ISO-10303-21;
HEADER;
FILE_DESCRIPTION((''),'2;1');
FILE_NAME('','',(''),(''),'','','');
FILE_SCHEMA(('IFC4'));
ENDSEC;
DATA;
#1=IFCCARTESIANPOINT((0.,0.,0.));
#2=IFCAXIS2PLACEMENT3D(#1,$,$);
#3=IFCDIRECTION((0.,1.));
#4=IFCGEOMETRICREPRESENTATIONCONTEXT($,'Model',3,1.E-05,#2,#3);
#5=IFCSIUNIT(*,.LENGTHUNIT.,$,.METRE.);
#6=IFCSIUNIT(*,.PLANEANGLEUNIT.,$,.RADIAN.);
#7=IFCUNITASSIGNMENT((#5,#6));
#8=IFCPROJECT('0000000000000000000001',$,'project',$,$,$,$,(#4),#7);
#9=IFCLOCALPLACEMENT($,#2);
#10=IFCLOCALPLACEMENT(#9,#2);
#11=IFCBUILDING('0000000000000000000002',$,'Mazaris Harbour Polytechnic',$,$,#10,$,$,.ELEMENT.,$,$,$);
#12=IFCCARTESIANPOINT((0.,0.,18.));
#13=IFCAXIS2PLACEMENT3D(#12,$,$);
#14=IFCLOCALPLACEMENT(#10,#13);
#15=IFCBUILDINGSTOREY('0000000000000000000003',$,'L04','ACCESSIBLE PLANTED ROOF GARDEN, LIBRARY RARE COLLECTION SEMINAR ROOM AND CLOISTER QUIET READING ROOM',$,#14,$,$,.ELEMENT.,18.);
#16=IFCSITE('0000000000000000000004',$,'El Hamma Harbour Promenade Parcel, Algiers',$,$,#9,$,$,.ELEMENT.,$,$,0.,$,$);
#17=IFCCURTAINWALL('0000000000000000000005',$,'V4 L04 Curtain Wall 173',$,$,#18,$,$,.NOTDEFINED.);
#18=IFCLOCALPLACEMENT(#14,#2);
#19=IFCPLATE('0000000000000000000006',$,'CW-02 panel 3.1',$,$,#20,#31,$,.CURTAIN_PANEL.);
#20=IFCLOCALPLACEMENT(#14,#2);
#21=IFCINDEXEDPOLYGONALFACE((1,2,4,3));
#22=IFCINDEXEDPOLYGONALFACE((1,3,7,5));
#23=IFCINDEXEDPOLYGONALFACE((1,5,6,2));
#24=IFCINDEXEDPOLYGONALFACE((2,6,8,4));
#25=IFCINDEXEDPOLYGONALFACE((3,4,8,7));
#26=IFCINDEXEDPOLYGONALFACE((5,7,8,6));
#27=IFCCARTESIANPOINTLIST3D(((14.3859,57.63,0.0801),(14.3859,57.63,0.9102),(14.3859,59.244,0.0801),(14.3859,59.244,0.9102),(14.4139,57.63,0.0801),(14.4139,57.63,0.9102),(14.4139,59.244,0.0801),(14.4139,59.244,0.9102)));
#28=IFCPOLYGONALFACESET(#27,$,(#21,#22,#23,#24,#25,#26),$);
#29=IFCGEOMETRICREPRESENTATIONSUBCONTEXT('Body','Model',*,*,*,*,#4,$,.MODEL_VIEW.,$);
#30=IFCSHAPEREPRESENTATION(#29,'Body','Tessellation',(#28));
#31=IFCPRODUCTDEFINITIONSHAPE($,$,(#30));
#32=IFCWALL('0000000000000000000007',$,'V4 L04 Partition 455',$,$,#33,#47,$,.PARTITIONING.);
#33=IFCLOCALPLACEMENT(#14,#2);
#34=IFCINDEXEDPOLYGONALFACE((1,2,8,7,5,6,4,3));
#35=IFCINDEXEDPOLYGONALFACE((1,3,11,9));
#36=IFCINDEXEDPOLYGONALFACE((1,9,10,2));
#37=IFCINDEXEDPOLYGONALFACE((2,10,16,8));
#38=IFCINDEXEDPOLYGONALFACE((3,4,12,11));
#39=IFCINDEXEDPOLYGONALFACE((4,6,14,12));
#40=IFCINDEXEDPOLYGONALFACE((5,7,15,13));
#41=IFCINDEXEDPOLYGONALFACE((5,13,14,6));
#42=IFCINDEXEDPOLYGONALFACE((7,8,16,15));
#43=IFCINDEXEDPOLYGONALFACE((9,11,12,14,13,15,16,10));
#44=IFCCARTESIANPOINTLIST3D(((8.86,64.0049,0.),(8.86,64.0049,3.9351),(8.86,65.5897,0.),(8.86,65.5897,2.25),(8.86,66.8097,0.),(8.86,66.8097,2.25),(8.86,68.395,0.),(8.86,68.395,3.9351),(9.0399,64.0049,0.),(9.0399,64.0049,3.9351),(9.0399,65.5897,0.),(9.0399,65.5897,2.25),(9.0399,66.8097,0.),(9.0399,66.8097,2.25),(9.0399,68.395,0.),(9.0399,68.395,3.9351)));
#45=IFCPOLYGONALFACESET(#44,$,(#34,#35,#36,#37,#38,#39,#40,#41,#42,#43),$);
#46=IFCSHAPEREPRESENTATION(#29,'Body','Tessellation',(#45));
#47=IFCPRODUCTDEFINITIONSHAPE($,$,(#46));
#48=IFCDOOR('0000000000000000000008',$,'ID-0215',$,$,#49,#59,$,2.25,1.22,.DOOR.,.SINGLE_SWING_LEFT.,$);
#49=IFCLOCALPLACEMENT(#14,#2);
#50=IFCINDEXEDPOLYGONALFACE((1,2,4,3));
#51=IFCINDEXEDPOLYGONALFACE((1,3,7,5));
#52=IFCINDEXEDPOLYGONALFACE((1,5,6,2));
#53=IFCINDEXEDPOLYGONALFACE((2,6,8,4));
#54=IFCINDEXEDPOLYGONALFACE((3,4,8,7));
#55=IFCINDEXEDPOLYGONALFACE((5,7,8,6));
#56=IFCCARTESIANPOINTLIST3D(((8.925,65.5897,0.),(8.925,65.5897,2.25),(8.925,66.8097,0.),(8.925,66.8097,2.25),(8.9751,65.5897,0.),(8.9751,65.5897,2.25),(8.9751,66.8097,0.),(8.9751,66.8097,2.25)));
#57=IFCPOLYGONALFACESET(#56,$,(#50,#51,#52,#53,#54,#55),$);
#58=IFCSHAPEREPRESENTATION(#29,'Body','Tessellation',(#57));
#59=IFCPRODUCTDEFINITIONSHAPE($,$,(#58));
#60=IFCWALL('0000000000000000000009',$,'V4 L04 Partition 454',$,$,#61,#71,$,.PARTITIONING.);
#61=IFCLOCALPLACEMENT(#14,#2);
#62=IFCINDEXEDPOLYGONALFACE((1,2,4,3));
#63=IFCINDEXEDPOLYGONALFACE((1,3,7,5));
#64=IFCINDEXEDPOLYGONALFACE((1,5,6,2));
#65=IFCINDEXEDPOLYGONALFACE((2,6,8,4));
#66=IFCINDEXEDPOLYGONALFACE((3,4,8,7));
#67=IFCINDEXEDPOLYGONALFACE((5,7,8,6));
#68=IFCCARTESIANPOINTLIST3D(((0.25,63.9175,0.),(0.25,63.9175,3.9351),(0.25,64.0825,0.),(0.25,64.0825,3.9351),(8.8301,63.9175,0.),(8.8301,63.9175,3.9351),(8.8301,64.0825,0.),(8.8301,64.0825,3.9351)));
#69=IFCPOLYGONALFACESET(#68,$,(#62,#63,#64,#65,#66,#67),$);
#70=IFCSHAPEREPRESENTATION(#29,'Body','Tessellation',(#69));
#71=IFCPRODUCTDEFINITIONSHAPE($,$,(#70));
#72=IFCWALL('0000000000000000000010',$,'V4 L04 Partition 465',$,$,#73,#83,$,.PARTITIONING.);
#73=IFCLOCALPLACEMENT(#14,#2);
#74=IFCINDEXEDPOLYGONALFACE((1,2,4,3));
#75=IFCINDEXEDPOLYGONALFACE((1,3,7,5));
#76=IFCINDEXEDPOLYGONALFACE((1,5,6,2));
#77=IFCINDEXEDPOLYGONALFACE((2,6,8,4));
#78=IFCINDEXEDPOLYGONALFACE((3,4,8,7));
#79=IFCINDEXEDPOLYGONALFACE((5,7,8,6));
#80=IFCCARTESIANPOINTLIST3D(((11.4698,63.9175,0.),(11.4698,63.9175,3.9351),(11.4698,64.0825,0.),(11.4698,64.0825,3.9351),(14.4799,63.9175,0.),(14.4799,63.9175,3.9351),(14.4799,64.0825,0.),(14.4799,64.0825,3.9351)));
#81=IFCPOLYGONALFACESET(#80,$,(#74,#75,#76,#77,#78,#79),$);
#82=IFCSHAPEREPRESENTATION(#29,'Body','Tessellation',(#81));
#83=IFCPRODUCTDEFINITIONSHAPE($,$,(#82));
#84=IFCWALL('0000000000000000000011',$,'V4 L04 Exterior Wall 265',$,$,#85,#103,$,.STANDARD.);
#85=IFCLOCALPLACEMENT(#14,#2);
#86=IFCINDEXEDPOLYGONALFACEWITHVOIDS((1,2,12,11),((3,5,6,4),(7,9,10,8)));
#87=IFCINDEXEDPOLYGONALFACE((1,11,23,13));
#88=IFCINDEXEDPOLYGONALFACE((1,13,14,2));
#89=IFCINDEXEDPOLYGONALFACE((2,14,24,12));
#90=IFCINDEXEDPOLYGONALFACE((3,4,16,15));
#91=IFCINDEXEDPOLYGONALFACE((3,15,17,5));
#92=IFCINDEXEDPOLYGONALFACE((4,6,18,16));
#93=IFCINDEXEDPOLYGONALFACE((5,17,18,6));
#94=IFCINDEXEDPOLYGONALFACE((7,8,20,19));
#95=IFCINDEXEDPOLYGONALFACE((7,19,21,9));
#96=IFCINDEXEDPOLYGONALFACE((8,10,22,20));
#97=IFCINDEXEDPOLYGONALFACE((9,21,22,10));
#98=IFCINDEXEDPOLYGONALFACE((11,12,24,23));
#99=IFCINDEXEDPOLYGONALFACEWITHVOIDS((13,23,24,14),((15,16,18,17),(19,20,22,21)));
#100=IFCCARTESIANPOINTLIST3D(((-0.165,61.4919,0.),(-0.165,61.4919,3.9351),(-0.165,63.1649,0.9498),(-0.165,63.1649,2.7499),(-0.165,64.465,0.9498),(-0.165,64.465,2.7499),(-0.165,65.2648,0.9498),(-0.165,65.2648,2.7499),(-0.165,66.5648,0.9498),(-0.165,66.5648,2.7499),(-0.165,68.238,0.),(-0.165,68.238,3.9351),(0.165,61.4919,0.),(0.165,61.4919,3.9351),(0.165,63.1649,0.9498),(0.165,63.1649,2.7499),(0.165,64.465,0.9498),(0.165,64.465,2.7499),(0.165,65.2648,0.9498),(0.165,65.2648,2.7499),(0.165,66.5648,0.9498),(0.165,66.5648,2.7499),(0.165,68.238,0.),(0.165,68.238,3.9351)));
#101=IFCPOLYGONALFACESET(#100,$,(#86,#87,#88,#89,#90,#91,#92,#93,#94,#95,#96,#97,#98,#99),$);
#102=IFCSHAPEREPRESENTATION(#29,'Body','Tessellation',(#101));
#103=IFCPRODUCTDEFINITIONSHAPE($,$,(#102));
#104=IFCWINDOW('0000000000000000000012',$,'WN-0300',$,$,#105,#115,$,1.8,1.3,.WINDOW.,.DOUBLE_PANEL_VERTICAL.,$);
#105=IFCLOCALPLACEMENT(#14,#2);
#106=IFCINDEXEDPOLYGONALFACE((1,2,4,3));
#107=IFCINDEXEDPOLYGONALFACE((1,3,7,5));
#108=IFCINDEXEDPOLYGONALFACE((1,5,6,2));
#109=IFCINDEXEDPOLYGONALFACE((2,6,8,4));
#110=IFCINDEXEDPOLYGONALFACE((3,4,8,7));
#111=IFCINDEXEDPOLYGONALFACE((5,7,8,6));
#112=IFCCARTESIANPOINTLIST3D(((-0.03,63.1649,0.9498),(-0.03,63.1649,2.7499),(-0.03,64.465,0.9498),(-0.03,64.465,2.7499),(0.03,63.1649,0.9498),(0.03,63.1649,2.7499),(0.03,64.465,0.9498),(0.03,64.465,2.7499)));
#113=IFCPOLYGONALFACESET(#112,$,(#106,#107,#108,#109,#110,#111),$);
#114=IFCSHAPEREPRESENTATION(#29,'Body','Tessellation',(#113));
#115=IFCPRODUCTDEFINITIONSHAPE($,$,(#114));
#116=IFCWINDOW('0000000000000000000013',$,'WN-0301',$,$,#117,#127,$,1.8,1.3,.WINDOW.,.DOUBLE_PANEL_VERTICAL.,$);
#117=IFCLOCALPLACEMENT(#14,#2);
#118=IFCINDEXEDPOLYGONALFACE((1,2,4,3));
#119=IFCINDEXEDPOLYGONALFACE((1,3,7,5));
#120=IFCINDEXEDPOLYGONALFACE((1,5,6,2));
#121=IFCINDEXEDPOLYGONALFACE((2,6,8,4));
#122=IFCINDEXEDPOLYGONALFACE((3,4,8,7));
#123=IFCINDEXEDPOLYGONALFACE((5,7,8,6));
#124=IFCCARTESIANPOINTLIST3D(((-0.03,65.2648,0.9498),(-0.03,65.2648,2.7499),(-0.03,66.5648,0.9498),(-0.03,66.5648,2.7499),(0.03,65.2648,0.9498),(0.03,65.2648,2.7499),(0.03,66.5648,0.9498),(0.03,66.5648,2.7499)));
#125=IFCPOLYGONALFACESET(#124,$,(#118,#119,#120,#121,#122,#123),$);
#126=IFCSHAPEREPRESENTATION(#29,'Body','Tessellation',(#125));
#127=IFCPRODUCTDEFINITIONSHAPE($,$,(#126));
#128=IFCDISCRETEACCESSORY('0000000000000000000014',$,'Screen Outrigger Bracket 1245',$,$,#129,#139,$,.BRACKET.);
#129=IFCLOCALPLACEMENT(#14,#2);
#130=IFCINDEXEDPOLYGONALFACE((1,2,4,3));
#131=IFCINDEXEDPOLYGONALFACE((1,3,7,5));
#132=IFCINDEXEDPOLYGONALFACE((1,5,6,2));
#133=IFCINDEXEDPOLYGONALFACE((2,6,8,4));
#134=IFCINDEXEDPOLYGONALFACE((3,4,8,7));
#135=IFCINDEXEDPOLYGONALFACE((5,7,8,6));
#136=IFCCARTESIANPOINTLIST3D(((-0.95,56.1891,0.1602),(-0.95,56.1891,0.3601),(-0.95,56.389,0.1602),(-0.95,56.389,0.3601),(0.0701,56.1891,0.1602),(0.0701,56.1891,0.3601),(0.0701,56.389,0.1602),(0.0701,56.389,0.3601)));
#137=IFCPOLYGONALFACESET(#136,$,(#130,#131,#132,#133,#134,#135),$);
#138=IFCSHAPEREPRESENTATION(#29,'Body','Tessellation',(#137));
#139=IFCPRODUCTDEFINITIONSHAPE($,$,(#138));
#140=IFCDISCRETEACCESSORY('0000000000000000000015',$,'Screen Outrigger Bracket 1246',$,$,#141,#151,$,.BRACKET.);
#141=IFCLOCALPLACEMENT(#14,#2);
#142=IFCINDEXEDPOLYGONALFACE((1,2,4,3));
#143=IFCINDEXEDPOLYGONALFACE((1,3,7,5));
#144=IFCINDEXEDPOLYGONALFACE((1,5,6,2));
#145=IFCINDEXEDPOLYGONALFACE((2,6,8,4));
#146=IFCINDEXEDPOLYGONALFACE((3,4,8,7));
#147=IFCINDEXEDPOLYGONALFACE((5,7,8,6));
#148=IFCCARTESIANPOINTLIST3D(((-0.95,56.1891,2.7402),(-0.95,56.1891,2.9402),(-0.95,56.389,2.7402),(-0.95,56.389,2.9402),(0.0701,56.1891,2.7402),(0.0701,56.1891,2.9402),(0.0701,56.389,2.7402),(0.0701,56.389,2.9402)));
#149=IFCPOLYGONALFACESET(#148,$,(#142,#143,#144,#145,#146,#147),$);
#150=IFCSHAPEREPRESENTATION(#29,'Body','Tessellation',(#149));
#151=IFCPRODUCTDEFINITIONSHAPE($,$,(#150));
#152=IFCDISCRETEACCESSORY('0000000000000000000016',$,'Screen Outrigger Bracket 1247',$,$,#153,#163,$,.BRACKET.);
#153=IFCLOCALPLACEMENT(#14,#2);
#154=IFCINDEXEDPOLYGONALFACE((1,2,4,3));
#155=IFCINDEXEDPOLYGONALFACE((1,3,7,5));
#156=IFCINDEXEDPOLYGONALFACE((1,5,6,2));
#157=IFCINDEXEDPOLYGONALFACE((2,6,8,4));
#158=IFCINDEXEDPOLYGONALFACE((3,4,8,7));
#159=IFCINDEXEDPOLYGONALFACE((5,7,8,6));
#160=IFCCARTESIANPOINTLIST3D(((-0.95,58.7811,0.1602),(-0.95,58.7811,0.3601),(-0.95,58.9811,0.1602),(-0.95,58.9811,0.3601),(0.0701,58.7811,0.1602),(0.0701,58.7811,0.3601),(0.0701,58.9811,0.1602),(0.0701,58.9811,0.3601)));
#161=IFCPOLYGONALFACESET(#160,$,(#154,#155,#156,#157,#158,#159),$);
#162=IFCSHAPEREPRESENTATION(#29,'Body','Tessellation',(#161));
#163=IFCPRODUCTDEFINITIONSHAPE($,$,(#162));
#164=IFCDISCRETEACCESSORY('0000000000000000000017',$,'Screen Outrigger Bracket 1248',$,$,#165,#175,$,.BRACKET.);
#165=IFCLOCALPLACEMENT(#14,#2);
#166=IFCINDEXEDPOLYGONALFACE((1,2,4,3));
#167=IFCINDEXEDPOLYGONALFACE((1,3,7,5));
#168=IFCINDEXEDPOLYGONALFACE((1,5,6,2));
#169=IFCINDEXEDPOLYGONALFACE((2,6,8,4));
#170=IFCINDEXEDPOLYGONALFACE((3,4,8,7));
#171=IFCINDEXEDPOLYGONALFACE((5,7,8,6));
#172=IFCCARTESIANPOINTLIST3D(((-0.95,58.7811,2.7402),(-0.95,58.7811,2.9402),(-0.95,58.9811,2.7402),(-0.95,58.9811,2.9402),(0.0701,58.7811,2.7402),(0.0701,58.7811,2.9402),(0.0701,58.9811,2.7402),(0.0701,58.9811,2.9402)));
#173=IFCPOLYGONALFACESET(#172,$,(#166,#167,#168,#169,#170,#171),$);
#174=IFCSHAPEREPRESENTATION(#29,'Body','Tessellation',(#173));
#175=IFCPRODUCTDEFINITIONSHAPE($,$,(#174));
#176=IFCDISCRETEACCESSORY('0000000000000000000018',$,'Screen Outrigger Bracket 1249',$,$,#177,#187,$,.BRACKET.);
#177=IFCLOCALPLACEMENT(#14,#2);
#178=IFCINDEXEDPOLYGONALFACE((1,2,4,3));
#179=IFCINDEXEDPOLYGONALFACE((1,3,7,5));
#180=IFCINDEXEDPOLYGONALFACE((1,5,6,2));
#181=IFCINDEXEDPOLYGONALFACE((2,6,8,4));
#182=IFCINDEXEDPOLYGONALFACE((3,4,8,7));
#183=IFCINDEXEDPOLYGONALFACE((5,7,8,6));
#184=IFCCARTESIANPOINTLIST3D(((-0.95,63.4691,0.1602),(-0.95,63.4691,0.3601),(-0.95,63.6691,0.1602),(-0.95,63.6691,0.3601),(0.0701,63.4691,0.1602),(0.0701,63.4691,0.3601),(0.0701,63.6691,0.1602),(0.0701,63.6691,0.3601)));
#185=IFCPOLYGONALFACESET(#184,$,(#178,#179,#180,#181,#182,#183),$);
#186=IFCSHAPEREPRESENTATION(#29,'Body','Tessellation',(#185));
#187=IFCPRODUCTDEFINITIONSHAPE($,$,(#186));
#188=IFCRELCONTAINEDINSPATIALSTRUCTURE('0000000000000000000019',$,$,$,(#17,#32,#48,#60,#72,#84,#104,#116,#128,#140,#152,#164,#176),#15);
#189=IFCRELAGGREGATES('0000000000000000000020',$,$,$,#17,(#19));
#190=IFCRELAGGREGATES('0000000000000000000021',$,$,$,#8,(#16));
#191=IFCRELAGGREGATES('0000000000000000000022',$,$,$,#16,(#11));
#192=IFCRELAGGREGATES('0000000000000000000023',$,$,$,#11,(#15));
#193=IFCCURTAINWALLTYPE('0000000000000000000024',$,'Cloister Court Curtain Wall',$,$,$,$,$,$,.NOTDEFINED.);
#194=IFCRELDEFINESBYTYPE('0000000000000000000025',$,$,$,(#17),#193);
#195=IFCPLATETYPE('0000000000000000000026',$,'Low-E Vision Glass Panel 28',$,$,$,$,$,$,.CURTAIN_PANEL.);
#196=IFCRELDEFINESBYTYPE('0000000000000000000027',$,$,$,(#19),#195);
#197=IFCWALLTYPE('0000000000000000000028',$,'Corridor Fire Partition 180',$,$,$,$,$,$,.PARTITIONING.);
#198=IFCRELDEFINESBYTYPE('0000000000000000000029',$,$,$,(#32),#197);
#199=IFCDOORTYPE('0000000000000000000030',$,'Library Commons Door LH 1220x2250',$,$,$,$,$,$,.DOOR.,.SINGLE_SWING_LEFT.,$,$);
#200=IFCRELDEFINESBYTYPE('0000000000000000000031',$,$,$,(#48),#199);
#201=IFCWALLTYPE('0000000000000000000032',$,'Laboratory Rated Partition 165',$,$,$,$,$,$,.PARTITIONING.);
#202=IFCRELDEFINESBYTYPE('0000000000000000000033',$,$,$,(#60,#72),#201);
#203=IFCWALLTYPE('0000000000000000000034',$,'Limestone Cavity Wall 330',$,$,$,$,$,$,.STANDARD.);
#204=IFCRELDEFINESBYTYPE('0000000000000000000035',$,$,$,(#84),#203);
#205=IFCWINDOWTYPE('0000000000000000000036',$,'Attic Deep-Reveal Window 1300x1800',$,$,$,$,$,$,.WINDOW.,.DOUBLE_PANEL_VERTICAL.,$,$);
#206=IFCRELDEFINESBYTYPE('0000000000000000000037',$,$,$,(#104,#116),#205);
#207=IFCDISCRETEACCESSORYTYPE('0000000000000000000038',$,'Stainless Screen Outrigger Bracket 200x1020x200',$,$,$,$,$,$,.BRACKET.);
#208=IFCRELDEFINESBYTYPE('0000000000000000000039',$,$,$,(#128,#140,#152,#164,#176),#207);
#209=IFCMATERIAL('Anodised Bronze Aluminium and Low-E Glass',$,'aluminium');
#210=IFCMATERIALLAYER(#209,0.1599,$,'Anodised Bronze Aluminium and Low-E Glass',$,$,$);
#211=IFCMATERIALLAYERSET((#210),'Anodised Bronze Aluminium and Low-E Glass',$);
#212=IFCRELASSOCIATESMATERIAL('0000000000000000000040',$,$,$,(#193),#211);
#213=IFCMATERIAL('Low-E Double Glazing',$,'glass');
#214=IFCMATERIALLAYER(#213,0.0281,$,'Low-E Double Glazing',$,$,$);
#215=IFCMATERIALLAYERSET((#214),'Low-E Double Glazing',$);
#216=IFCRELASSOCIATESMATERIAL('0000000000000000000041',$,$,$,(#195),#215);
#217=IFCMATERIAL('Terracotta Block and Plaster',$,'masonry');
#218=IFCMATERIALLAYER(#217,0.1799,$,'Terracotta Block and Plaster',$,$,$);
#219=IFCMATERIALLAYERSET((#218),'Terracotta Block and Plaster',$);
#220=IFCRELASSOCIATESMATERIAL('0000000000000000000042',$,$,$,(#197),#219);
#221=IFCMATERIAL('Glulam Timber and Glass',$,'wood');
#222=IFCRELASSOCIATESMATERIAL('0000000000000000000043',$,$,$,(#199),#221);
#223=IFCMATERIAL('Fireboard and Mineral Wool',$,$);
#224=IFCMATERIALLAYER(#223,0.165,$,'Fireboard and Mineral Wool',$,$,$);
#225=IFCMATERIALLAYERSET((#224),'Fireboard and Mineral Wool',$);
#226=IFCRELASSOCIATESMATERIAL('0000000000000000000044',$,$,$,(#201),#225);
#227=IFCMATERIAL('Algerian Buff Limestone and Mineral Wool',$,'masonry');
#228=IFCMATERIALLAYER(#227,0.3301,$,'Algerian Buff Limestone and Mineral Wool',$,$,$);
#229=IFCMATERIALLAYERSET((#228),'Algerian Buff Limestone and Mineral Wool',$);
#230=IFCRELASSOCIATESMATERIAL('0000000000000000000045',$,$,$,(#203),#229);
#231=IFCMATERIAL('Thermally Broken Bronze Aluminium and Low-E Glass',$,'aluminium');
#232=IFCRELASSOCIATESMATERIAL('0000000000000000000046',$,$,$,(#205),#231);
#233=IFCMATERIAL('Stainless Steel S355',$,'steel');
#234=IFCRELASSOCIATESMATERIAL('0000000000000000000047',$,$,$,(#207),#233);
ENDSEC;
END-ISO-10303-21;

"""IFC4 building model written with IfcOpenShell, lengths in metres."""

from ifc_helpers import new_model, si_unit, direction, frame, frame_2d, origin, origin_2d, place, context, subcontext, project, spatial, rectangle, extrude, material, layer, layer_set, type_object, element, fill, aggregate, save


model = new_model("IFC4")

# Units and contexts
model_context = context("Model", 3, precision=1e-05, world=origin(), true_north=direction((0.0, 1.0)))
body_context = subcontext(model_context, "Body", "Model", "MODEL_VIEW")
ifc_project = project(units=[si_unit("LENGTHUNIT", "METRE"), si_unit("PLANEANGLEUNIT", "RADIAN")], contexts=[model_context])

# Site, building, storey
site_placement = place(None, origin())
site = spatial("IfcSite", under=ifc_project, at=site_placement, Name="El Hamma Harbour Promenade Parcel, Algiers", CompositionType="ELEMENT", RefElevation=0.0)
building_placement = place(site_placement, origin())
building = spatial("IfcBuilding", under=site, at=building_placement, Name="Mazaris Harbour Polytechnic", CompositionType="ELEMENT")
storey_placement = place(building_placement, frame((0.0, 0.0, 18.0)))
storey = spatial("IfcBuildingStorey", under=building, at=storey_placement, Name="L04", Description="ACCESSIBLE PLANTED ROOF GARDEN, LIBRARY RARE COLLECTION SEMINAR ROOM AND CLOISTER QUIET READING ROOM", CompositionType="ELEMENT", Elevation=18.0)

# Curtain wall
ifc_material_1 = material(Name="Anodised Bronze Aluminium and Low-E Glass", Category="aluminium")
ifc_layer_1 = layer(ifc_material_1, 0.1599, Name="Anodised Bronze Aluminium and Low-E Glass")
ifc_layer_set_1 = layer_set([ifc_layer_1], Name="Anodised Bronze Aluminium and Low-E Glass")
curtain_wall_type = type_object("IfcCurtainWallType", Name="Cloister Court Curtain Wall", PredefinedType="NOTDEFINED", material=ifc_layer_set_1)
curtain_wall_placement = place(storey_placement, origin())
curtain_wall = element("IfcCurtainWall", 1, at=curtain_wall_placement, inside=storey, type_object=curtain_wall_type, Name="V4 L04 Curtain Wall 173", PredefinedType="NOTDEFINED")

# Plate
ifc_material_2 = material(Name="Low-E Double Glazing", Category="glass")
ifc_layer_2 = layer(ifc_material_2, 0.0281, Name="Low-E Double Glazing")
ifc_layer_set_2 = layer_set([ifc_layer_2], Name="Low-E Double Glazing")
plate_type = type_object("IfcPlateType", Name="Low-E Vision Glass Panel 28", PredefinedType="CURTAIN_PANEL", material=ifc_layer_set_2)
plate_1_placement = place(storey_placement, frame((14.3999, 58.437, 0.0801), z_axis=(0.0, 0.0, 1.0), x_axis=(0.0, 1.0, 0.0)))
plate_1 = element("IfcPlate", 2, at=plate_1_placement, type_object=plate_type, Name="CW-02 panel 3.1", PredefinedType="CURTAIN_PANEL", context=body_context, shape_type="SweptSolid", body=[
    extrude(rectangle(XDim=1.614, YDim=0.0281, at=origin_2d()), origin(), (0.0, 0.0, 1.0), 0.8301),
])
aggregate(curtain_wall, [plate_1])

# Wall, opening, door
ifc_material_3 = material(Name="Terracotta Block and Plaster", Category="masonry")
ifc_layer_3 = layer(ifc_material_3, 0.1799, Name="Terracotta Block and Plaster")
ifc_layer_set_3 = layer_set([ifc_layer_3], Name="Terracotta Block and Plaster")
wall_type_1 = type_object("IfcWallType", Name="Corridor Fire Partition 180", PredefinedType="PARTITIONING", material=ifc_layer_set_3)
wall_1_placement = place(storey_placement, frame((8.95, 64.0049, 0.0), z_axis=(0.0, 0.0, 1.0), x_axis=(0.0, 1.0, 0.0)))
wall_1 = element("IfcWall", 3, at=wall_1_placement, inside=storey, type_object=wall_type_1, Name="V4 L04 Partition 455", PredefinedType="PARTITIONING", context=body_context, shape_type="SweptSolid", body=[
    extrude(rectangle(XDim=4.3901, YDim=0.1799, at=frame_2d((2.1951, 0.0))), origin(), (0.0, 0.0, 1.0), 3.9351),
])
opening_1_placement = place(wall_1_placement, frame((1.585, 0.0, 0.0)))
opening_1 = element("IfcOpeningElement", 4, at=opening_1_placement, cuts=wall_1, PredefinedType="OPENING", context=body_context, shape_type="SweptSolid", body=[
    extrude(rectangle(XDim=1.22, YDim=2.25, at=frame_2d((0.6099, 1.125))), frame((0.0, 0.0999, 0.0), z_axis=(0.0, -1.0, 0.0), x_axis=(1.0, 0.0, 0.0)), (0.0, 0.0, 1.0), 0.2),
])
ifc_material_4 = material(Name="Glulam Timber and Glass", Category="wood")
door_type = type_object("IfcDoorType", Name="Library Commons Door LH 1220x2250", OperationType="SINGLE_SWING_LEFT", PredefinedType="DOOR", material=ifc_material_4)
door_placement = place(opening_1_placement, origin())
door = element("IfcDoor", 5, at=door_placement, inside=storey, type_object=door_type, Name="ID-0215", OperationType="SINGLE_SWING_LEFT", OverallHeight=2.25, OverallWidth=1.22, PredefinedType="DOOR", context=body_context, shape_type="SweptSolid", body=[
    extrude(rectangle(XDim=1.22, YDim=2.25, at=frame_2d((0.6099, 1.125))), frame((0.0, 0.0249, 0.0), z_axis=(0.0, -1.0, 0.0), x_axis=(1.0, 0.0, 0.0)), (0.0, 0.0, 1.0), 0.05),
])
fill(opening_1, door)

# Walls
ifc_material_5 = material(Name="Fireboard and Mineral Wool")
ifc_layer_4 = layer(ifc_material_5, 0.165, Name="Fireboard and Mineral Wool")
ifc_layer_set_4 = layer_set([ifc_layer_4], Name="Fireboard and Mineral Wool")
wall_type_2 = type_object("IfcWallType", Name="Laboratory Rated Partition 165", PredefinedType="PARTITIONING", material=ifc_layer_set_4)
wall_2_placement = place(storey_placement, frame((0.25, 64.0, 0.0), z_axis=(0.0, 0.0, 1.0), x_axis=(1.0, 0.0, 0.0)))
element("IfcWall", 6, at=wall_2_placement, inside=storey, type_object=wall_type_2, Name="V4 L04 Partition 454", PredefinedType="PARTITIONING", context=body_context, shape_type="SweptSolid", body=[
    extrude(rectangle(XDim=8.5801, YDim=0.165, at=frame_2d((4.29, 0.0))), origin(), (0.0, 0.0, 1.0), 3.9351),
])
wall_3_placement = place(storey_placement, frame((11.47, 64.0, 0.0), z_axis=(0.0, 0.0, 1.0), x_axis=(1.0, 0.0, 0.0)))
element("IfcWall", 7, at=wall_3_placement, inside=storey, type_object=wall_type_2, Name="V4 L04 Partition 465", PredefinedType="PARTITIONING", context=body_context, shape_type="SweptSolid", body=[
    extrude(rectangle(XDim=3.01, YDim=0.165, at=frame_2d((1.5049, 0.0))), origin(), (0.0, 0.0, 1.0), 3.9351),
])

# Wall, openings, windows
ifc_material_6 = material(Name="Algerian Buff Limestone and Mineral Wool", Category="masonry")
ifc_layer_5 = layer(ifc_material_6, 0.3301, Name="Algerian Buff Limestone and Mineral Wool")
ifc_layer_set_5 = layer_set([ifc_layer_5], Name="Algerian Buff Limestone and Mineral Wool")
wall_type_3 = type_object("IfcWallType", Name="Limestone Cavity Wall 330", PredefinedType="STANDARD", material=ifc_layer_set_5)
wall_4_placement = place(storey_placement, frame((0.0, 61.4919, 0.0), z_axis=(0.0, 0.0, 1.0), x_axis=(0.0, 1.0, 0.0)))
wall_4 = element("IfcWall", 8, at=wall_4_placement, inside=storey, type_object=wall_type_3, Name="V4 L04 Exterior Wall 265", PredefinedType="STANDARD", context=body_context, shape_type="SweptSolid", body=[
    extrude(rectangle(XDim=6.7461, YDim=0.3301, at=frame_2d((3.373, 0.0))), origin(), (0.0, 0.0, 1.0), 3.9351),
])
opening_2_placement = place(wall_4_placement, frame((1.6731, 0.0, 0.95)))
opening_2 = element("IfcOpeningElement", 9, at=opening_2_placement, cuts=wall_4, PredefinedType="OPENING", context=body_context, shape_type="SweptSolid", body=[
    extrude(rectangle(XDim=1.3, YDim=1.8, at=frame_2d((0.6499, 0.8999))), frame((0.0, 0.175, 0.0), z_axis=(0.0, -1.0, 0.0), x_axis=(1.0, 0.0, 0.0)), (0.0, 0.0, 1.0), 0.3501),
])
opening_3_placement = place(wall_4_placement, frame((3.7729, 0.0, 0.95)))
opening_3 = element("IfcOpeningElement", 10, at=opening_3_placement, cuts=wall_4, PredefinedType="OPENING", context=body_context, shape_type="SweptSolid", body=[
    extrude(rectangle(XDim=1.3, YDim=1.8, at=frame_2d((0.6499, 0.8999))), frame((0.0, 0.175, 0.0), z_axis=(0.0, -1.0, 0.0), x_axis=(1.0, 0.0, 0.0)), (0.0, 0.0, 1.0), 0.3501),
])
ifc_material_7 = material(Name="Thermally Broken Bronze Aluminium and Low-E Glass", Category="aluminium")
window_type = type_object("IfcWindowType", Name="Attic Deep-Reveal Window 1300x1800", PartitioningType="DOUBLE_PANEL_VERTICAL", PredefinedType="WINDOW", material=ifc_material_7)
window_1_placement = place(opening_2_placement, origin())
window_1 = element("IfcWindow", 11, at=window_1_placement, inside=storey, type_object=window_type, Name="WN-0300", OverallHeight=1.8, OverallWidth=1.3, PartitioningType="DOUBLE_PANEL_VERTICAL", PredefinedType="WINDOW", context=body_context, shape_type="SweptSolid", body=[
    extrude(rectangle(XDim=1.3, YDim=1.8, at=frame_2d((0.6499, 0.8999))), frame((0.0, 0.03, 0.0), z_axis=(0.0, -1.0, 0.0), x_axis=(1.0, 0.0, 0.0)), (0.0, 0.0, 1.0), 0.0601),
])
fill(opening_2, window_1)
window_2_placement = place(opening_3_placement, origin())
window_2 = element("IfcWindow", 12, at=window_2_placement, inside=storey, type_object=window_type, Name="WN-0301", OverallHeight=1.8, OverallWidth=1.3, PartitioningType="DOUBLE_PANEL_VERTICAL", PredefinedType="WINDOW", context=body_context, shape_type="SweptSolid", body=[
    extrude(rectangle(XDim=1.3, YDim=1.8, at=frame_2d((0.6499, 0.8999))), frame((0.0, 0.03, 0.0), z_axis=(0.0, -1.0, 0.0), x_axis=(1.0, 0.0, 0.0)), (0.0, 0.0, 1.0), 0.0601),
])
fill(opening_3, window_2)

# Discrete accessories
ifc_material_8 = material(Name="Stainless Steel S355", Category="steel")
discrete_accessory_type = type_object("IfcDiscreteAccessoryType", Name="Stainless Screen Outrigger Bracket 200x1020x200", PredefinedType="BRACKET", material=ifc_material_8)
for number, where, z_axis, x_axis, name in (
    (13, (-0.4399, 56.2891, 0.1602), (0.0, 0.0, 1.0), (0.0, 1.0, 0.0), "Screen Outrigger Bracket 1245"),
    (14, (-0.4399, 56.2891, 2.7402), (0.0, 0.0, 1.0), (0.0, 1.0, 0.0), "Screen Outrigger Bracket 1246"),
    (15, (-0.4399, 58.8811, 0.1602), (0.0, 0.0, 1.0), (0.0, 1.0, 0.0), "Screen Outrigger Bracket 1247"),
    (16, (-0.4399, 58.8811, 2.7402), (0.0, 0.0, 1.0), (0.0, 1.0, 0.0), "Screen Outrigger Bracket 1248"),
    (17, (-0.4399, 63.5691, 0.1602), (0.0, 0.0, 1.0), (0.0, 1.0, 0.0), "Screen Outrigger Bracket 1249"),
):
    element("IfcDiscreteAccessory", number, at=place(storey_placement, frame(where, z_axis=z_axis, x_axis=x_axis)), inside=storey, type_object=discrete_accessory_type, Name=name, PredefinedType="BRACKET", context=body_context, shape_type="SweptSolid", body=[
        extrude(rectangle(XDim=0.2, YDim=1.02, at=origin_2d()), origin(), (0.0, 0.0, 1.0), 0.2),
    ])

save(model, "model.ifc")
